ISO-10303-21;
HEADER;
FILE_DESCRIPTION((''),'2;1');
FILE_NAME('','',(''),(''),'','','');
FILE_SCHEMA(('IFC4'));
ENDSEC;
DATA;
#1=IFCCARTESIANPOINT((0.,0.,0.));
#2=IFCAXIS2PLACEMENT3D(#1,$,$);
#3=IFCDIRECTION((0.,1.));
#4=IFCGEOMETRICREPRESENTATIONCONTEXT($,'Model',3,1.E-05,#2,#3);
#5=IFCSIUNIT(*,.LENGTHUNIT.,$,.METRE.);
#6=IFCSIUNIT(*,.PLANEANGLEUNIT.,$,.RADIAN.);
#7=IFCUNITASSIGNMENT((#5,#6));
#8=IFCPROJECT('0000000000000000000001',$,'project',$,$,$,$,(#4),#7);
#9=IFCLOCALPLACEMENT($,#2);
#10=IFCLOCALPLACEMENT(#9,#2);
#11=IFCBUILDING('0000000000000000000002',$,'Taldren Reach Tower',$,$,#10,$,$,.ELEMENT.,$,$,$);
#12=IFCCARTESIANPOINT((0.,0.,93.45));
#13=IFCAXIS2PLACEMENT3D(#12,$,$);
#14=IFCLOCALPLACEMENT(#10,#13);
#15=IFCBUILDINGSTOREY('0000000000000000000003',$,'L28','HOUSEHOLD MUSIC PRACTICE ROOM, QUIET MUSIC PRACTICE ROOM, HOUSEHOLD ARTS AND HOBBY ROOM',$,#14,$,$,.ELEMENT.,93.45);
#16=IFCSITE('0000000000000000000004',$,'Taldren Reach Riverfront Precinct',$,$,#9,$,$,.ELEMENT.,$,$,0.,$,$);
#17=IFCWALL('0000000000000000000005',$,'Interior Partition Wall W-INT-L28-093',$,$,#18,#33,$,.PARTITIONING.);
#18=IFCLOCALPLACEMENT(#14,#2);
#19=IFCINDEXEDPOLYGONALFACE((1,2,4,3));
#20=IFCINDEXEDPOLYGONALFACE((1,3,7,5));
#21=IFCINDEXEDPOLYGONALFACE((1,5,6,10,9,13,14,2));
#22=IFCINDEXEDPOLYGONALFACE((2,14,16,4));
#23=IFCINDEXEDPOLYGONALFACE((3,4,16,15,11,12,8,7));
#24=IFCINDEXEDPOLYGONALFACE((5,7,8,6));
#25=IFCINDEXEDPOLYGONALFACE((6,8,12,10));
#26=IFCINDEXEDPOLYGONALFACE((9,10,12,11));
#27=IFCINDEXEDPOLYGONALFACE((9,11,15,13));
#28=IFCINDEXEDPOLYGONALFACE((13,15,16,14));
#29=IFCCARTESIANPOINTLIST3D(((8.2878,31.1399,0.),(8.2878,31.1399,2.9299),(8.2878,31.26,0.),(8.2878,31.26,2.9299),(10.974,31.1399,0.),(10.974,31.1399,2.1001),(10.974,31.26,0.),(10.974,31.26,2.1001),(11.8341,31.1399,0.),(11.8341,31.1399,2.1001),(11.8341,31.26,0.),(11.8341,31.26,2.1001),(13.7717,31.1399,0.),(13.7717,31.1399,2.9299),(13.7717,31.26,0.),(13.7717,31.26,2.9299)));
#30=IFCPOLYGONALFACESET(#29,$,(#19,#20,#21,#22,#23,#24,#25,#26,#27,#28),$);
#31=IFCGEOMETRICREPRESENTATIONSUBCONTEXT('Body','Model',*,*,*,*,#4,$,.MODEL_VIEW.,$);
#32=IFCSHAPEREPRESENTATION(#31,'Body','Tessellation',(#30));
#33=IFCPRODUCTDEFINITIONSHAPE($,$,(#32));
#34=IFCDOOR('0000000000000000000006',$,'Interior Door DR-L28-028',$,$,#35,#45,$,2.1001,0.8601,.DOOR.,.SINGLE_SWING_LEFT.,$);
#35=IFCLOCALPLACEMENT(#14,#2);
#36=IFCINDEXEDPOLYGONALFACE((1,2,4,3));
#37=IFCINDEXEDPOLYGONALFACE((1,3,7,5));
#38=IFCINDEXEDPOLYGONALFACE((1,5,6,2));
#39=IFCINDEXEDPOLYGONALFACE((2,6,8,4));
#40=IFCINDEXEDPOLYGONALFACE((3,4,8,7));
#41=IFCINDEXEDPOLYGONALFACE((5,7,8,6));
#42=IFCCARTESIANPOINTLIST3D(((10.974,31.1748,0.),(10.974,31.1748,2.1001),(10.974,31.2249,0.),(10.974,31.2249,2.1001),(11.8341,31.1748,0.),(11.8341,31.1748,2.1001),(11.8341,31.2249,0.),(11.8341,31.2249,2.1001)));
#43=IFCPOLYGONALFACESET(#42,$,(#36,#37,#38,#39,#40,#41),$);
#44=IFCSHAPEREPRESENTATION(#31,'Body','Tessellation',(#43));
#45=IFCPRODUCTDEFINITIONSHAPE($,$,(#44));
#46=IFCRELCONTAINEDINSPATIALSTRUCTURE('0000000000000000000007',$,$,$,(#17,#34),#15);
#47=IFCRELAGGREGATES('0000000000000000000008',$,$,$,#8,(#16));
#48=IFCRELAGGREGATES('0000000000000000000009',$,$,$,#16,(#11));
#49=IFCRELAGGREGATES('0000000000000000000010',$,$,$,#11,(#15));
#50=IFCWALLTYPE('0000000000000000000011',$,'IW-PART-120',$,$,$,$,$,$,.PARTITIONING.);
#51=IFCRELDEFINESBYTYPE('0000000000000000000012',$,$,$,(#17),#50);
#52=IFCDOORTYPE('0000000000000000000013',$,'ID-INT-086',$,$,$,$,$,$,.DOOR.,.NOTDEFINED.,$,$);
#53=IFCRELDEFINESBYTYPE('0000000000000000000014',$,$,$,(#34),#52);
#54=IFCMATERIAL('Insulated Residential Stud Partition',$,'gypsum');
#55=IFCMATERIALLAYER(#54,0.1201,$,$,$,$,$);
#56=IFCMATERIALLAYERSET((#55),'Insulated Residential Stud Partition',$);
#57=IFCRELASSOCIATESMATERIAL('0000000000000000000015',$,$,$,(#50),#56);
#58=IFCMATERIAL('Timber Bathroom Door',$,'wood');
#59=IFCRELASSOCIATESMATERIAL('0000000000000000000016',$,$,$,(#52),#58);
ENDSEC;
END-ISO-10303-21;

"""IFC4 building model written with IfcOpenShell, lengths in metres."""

from ifc_helpers import new_model, si_unit, direction, frame, frame_2d, origin, place, context, subcontext, project, spatial, rectangle, extrude, source, transform, mapped, material, layer, layer_set, type_object, element, fill, save


model = new_model("IFC4")

# Units and contexts
model_context = context("Model", 3, precision=1e-05, world=origin(), true_north=direction((0.0, 1.0)))
body_context = subcontext(model_context, "Body", "Model", "MODEL_VIEW")
ifc_project = project(units=[si_unit("LENGTHUNIT", "METRE"), si_unit("PLANEANGLEUNIT", "RADIAN")], contexts=[model_context])

# Site, building, storey
site_placement = place(None, origin())
site = spatial("IfcSite", under=ifc_project, at=site_placement, Name="Taldren Reach Riverfront Precinct", CompositionType="ELEMENT", RefElevation=0.0)
building_placement = place(site_placement, origin())
building = spatial("IfcBuilding", under=site, at=building_placement, Name="Taldren Reach Tower", CompositionType="ELEMENT")
storey_placement = place(building_placement, frame((0.0, 0.0, 93.45)))
storey = spatial("IfcBuildingStorey", under=building, at=storey_placement, Name="L28", Description="HOUSEHOLD MUSIC PRACTICE ROOM, QUIET MUSIC PRACTICE ROOM, HOUSEHOLD ARTS AND HOBBY ROOM", CompositionType="ELEMENT", Elevation=93.45)

# Wall, opening, door
ifc_material_1 = material(Name="Insulated Residential Stud Partition", Category="gypsum")
ifc_layer_1 = layer(ifc_material_1, 0.1201)
ifc_layer_set_1 = layer_set([ifc_layer_1], Name="Insulated Residential Stud Partition")
wall_type_1 = type_object("IfcWallType", Name="IW-PART-120", PredefinedType="PARTITIONING", material=ifc_layer_set_1)
shared_shape_1 = source(origin(), body_context, "Body", "SweptSolid", [
    extrude(rectangle(XDim=5.4839, YDim=0.1201, at=frame_2d((2.7419, 0.0))), origin(), (0.0, 0.0, 1.0), 2.9299),
])
wall_1_placement = place(storey_placement, frame((8.2878, 31.2, 0.0), z_axis=(0.0, 0.0, 1.0), x_axis=(1.0, 0.0, 0.0)))
wall_1 = element("IfcWall", 1, at=wall_1_placement, inside=storey, type_object=wall_type_1, Name="Interior Partition Wall W-INT-L28-093", PredefinedType="PARTITIONING", context=body_context, shape_type="MappedRepresentation", body=[
    mapped(shared_shape_1, transform((0.0, 0.0, 0.0), scale=1.0)),
])
shared_shape_2 = source(origin(), body_context, "Body", "SweptSolid", [
    extrude(rectangle(XDim=0.8601, YDim=2.1001, at=frame_2d((0.4302, 1.05))), frame((0.0, 0.0701, 0.0), z_axis=(0.0, -1.0, 0.0), x_axis=(1.0, 0.0, 0.0)), (0.0, 0.0, 1.0), 0.1401),
])
opening_placement = place(wall_1_placement, frame((2.686, 0.0, 0.0)))
opening = element("IfcOpeningElement", 2, at=opening_placement, cuts=wall_1, PredefinedType="OPENING", context=body_context, shape_type="MappedRepresentation", body=[
    mapped(shared_shape_2, transform((0.0, 0.0, 0.0), scale=1.0)),
])
ifc_material_2 = material(Name="Timber Bathroom Door", Category="wood")
door_type = type_object("IfcDoorType", Name="ID-INT-086", OperationType="NOTDEFINED", PredefinedType="DOOR", material=ifc_material_2)
shared_shape_3 = source(origin(), body_context, "Body", "SweptSolid", [
    extrude(rectangle(XDim=0.8601, YDim=2.1001, at=frame_2d((0.4302, 1.05))), frame((0.0, 0.0249, 0.0), z_axis=(0.0, -1.0, 0.0), x_axis=(1.0, 0.0, 0.0)), (0.0, 0.0, 1.0), 0.05),
])
door_placement = place(opening_placement, origin())
door = element("IfcDoor", 3, at=door_placement, inside=storey, type_object=door_type, Name="Interior Door DR-L28-028", OperationType="SINGLE_SWING_LEFT", OverallHeight=2.1001, OverallWidth=0.8601, PredefinedType="DOOR", context=body_context, shape_type="MappedRepresentation", body=[
    mapped(shared_shape_3, transform((0.0, 0.0, 0.0), scale=1.0)),
])
fill(opening, door)

save(model, "model.ifc")
